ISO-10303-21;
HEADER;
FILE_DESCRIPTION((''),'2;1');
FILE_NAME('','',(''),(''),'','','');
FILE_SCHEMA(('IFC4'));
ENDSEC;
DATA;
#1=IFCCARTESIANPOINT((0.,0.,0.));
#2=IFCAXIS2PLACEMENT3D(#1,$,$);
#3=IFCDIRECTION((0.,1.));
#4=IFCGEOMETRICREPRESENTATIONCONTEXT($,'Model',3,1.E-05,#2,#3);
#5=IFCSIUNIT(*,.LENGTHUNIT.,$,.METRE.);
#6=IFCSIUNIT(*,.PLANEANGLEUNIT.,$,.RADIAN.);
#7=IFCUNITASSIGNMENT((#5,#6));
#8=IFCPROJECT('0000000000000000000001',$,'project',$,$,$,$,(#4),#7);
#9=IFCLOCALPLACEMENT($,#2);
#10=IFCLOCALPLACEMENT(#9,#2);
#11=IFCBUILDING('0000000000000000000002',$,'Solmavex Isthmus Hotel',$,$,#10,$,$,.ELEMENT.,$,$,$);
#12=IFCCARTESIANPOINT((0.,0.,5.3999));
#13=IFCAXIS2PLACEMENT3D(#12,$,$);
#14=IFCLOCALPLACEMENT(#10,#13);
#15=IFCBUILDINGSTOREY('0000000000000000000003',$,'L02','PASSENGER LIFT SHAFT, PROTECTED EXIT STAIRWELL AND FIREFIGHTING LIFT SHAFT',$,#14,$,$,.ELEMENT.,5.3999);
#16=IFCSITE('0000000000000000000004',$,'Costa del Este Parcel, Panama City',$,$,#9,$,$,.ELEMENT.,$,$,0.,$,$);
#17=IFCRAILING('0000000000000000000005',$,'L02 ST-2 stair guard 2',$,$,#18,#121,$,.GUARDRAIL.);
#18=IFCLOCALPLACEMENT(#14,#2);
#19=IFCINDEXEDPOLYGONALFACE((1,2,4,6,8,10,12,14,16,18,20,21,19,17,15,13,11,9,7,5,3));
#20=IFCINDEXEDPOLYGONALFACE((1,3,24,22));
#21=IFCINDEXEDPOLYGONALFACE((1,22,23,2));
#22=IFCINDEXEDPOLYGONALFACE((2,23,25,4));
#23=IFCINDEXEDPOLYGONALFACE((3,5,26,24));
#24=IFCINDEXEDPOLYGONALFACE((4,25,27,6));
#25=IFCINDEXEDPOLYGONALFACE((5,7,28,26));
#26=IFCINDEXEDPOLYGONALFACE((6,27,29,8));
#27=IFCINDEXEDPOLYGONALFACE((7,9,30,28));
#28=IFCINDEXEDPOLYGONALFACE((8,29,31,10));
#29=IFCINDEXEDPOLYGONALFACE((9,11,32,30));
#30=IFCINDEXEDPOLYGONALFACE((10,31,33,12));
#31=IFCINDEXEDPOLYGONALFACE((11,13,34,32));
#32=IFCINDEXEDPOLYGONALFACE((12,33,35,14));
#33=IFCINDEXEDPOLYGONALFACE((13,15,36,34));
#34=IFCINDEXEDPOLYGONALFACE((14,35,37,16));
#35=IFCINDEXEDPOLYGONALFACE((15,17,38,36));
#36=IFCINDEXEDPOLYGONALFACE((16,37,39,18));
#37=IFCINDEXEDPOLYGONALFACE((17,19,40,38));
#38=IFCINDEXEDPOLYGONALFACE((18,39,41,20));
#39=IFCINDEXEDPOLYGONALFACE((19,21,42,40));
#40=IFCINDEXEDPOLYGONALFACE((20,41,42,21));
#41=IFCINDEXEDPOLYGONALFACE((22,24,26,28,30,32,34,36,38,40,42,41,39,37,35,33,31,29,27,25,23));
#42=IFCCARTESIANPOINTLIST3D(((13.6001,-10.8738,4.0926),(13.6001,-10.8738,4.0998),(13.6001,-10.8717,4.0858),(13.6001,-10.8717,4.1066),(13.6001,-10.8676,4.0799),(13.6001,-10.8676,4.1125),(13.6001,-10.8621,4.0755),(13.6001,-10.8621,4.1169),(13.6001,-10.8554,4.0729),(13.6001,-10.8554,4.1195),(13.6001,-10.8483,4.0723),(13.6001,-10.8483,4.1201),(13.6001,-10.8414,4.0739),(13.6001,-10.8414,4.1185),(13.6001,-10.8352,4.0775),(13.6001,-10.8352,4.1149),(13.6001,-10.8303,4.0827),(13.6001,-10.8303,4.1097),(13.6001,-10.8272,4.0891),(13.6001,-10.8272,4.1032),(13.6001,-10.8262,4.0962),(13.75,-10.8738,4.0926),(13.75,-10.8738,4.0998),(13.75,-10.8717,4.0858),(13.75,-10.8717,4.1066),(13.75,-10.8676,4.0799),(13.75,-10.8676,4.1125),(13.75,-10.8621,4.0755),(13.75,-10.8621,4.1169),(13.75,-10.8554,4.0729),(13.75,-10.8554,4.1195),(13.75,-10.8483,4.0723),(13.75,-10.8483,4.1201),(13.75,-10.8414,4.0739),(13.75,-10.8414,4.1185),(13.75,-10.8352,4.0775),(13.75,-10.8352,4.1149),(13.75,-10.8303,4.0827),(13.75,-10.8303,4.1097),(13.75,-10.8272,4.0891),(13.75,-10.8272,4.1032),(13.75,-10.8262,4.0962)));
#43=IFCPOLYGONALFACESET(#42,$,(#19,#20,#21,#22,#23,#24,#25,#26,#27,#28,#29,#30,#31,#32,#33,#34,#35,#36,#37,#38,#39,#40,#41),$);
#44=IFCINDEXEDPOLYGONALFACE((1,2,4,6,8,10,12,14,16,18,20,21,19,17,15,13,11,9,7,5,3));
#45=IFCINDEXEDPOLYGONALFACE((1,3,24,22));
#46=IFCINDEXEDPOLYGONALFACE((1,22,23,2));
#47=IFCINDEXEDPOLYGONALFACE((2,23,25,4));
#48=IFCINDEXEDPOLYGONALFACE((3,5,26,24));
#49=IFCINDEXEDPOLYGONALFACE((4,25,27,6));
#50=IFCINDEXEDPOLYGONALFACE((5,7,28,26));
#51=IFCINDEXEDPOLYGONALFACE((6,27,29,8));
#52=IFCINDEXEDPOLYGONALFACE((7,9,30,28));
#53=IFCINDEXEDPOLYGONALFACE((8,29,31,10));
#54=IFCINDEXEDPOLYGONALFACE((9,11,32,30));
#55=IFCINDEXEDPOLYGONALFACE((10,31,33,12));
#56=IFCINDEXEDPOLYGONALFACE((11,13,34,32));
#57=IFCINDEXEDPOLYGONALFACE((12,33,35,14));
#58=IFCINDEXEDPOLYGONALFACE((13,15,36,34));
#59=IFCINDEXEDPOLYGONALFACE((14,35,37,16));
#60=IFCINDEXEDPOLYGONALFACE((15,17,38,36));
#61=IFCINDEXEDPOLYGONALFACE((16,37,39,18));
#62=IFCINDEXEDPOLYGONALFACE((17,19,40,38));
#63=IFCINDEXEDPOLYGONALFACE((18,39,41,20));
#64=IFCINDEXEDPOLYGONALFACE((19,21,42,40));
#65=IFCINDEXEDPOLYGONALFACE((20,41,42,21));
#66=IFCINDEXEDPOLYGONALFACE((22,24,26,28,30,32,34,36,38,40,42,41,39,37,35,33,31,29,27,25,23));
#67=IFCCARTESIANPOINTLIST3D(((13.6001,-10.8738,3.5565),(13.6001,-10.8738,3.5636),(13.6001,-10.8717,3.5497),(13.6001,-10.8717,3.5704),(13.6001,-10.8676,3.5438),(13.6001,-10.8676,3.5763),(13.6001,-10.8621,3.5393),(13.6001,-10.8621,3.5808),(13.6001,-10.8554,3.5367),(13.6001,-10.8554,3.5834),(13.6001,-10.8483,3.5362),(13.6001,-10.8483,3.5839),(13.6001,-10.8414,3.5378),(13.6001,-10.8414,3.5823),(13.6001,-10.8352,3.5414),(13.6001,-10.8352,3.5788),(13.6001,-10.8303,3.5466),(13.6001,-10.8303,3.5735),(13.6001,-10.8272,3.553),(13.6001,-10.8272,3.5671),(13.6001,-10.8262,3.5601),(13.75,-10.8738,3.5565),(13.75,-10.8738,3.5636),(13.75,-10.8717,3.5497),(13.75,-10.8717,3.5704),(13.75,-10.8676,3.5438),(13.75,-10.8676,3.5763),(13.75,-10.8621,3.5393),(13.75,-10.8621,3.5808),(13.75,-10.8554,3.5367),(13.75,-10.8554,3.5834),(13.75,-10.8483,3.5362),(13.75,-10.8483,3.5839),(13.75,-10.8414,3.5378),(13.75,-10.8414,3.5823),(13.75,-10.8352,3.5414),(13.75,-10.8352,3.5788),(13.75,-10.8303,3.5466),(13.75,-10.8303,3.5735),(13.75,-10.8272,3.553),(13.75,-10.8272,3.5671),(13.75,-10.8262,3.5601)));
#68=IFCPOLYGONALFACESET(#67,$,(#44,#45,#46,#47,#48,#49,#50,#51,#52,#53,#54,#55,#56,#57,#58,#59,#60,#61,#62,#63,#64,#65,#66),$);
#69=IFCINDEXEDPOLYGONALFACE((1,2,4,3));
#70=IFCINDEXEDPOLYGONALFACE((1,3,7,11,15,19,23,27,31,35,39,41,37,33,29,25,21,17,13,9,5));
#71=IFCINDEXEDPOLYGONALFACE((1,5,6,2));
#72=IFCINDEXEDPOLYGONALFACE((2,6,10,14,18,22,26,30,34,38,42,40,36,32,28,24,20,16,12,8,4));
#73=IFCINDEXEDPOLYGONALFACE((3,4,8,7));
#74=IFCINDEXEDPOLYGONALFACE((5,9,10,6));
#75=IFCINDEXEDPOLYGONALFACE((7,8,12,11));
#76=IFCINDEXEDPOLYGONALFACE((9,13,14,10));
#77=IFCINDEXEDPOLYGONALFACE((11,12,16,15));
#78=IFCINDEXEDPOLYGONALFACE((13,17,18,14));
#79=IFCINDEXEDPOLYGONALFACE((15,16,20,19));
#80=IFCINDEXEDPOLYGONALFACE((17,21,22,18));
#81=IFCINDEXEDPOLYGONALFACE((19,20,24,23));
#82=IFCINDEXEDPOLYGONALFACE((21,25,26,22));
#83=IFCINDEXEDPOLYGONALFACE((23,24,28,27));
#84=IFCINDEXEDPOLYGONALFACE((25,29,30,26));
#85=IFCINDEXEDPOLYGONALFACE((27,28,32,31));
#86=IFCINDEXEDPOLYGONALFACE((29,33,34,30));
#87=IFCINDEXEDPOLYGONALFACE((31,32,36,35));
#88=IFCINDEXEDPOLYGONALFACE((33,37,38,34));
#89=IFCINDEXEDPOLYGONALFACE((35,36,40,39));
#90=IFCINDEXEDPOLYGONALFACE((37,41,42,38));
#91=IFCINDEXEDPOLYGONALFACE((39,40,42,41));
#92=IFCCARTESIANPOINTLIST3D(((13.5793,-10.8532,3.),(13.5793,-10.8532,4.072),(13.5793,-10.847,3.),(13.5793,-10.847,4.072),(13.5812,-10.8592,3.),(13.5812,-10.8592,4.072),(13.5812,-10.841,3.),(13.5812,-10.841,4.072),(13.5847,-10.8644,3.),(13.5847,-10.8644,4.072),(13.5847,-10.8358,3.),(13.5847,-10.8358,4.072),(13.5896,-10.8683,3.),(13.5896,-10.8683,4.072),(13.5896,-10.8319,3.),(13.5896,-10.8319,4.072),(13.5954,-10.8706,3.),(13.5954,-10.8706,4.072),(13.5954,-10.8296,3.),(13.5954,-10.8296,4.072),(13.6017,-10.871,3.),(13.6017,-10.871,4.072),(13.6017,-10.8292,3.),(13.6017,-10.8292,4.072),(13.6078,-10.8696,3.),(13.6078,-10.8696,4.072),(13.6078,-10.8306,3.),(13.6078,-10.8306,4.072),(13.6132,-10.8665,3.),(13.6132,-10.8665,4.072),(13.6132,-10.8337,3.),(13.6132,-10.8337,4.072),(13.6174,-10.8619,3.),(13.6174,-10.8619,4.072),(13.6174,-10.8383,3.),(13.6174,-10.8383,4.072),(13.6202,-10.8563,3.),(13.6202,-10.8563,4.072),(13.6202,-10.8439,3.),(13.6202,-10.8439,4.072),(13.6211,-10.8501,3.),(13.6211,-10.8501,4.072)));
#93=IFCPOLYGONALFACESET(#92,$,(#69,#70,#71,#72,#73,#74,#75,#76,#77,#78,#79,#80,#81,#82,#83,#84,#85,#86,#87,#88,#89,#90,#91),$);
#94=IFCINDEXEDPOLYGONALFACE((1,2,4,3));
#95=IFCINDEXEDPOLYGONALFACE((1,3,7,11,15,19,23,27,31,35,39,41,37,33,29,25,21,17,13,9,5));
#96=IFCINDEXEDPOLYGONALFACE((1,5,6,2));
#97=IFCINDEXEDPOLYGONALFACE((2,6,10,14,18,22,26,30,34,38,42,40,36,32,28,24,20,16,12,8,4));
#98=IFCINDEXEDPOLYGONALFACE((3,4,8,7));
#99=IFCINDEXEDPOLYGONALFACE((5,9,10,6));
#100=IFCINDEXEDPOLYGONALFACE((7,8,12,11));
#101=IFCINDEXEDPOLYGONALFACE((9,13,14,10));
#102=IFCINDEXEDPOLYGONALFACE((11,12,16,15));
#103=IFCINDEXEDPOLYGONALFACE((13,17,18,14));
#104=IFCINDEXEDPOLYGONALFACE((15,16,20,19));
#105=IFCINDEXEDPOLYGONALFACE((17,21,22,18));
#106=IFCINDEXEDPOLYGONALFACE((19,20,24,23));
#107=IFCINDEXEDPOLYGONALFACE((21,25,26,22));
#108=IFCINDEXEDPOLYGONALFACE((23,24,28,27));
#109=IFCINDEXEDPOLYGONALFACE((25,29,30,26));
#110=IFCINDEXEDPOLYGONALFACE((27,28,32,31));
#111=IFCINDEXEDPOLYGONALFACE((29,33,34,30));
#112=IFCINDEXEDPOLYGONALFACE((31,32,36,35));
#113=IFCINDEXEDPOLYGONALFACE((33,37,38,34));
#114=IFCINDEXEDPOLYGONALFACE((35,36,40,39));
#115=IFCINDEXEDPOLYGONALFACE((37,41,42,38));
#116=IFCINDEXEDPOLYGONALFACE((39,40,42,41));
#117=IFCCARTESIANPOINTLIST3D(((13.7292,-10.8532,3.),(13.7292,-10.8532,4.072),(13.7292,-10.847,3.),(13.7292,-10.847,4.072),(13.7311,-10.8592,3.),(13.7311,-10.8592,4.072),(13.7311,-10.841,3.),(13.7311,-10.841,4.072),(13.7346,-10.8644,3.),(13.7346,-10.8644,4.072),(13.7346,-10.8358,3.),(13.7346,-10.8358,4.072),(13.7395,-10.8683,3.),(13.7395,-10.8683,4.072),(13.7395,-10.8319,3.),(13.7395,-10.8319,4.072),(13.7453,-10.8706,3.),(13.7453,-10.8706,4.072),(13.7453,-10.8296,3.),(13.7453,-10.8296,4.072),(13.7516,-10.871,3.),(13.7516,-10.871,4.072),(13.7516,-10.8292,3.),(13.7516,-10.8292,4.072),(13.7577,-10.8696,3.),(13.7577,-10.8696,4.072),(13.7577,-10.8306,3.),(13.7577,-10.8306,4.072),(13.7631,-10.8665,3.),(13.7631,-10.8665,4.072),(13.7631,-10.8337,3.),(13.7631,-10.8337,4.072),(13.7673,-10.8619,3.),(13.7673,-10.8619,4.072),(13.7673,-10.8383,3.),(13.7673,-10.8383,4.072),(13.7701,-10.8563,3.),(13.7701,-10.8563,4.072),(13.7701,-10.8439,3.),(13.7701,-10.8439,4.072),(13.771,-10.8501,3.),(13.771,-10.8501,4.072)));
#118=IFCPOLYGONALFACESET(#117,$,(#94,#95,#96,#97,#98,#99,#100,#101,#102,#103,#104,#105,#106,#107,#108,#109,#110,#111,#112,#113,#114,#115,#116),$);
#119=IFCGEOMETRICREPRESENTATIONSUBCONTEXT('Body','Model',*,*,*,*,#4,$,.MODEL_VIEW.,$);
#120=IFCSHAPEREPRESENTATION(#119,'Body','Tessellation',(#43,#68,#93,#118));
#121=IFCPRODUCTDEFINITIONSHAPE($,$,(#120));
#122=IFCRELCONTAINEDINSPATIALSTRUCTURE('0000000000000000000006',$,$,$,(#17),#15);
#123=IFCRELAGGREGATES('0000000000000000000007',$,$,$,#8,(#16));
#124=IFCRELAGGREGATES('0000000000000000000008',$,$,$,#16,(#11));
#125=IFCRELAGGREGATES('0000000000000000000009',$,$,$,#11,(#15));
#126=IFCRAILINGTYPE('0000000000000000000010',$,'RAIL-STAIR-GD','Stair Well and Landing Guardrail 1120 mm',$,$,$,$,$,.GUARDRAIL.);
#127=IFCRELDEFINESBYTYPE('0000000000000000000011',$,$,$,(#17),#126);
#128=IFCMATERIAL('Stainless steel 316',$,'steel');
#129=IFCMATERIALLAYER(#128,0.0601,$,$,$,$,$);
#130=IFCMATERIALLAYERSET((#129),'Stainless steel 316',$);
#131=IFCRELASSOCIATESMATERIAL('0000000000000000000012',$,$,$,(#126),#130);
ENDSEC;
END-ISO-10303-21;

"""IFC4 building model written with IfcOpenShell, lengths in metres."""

from ifc_helpers import new_model, si_unit, direction, frame, origin, origin_2d, place, context, subcontext, project, spatial, circle, extrude, material, layer, layer_set, type_object, element, save


model = new_model("IFC4")

# Units and contexts
model_context = context("Model", 3, precision=1e-05, world=origin(), true_north=direction((0.0, 1.0)))
body_context = subcontext(model_context, "Body", "Model", "MODEL_VIEW")
ifc_project = project(units=[si_unit("LENGTHUNIT", "METRE"), si_unit("PLANEANGLEUNIT", "RADIAN")], contexts=[model_context])

# Site, building, storey
site_placement = place(None, origin())
site = spatial("IfcSite", under=ifc_project, at=site_placement, Name="Costa del Este Parcel, Panama City", CompositionType="ELEMENT", RefElevation=0.0)
building_placement = place(site_placement, origin())
building = spatial("IfcBuilding", under=site, at=building_placement, Name="Solmavex Isthmus Hotel", CompositionType="ELEMENT")
storey_placement = place(building_placement, frame((0.0, 0.0, 5.3999)))
storey = spatial("IfcBuildingStorey", under=building, at=storey_placement, Name="L02", Description="PASSENGER LIFT SHAFT, PROTECTED EXIT STAIRWELL AND FIREFIGHTING LIFT SHAFT", CompositionType="ELEMENT", Elevation=5.3999)

# Railing
ifc_material_1 = material(Name="Stainless steel 316", Category="steel")
ifc_layer_1 = layer(ifc_material_1, 0.0601)
ifc_layer_set_1 = layer_set([ifc_layer_1], Name="Stainless steel 316")
railing_type_1 = type_object("IfcRailingType", Name="RAIL-STAIR-GD", Description="Stair Well and Landing Guardrail 1120 mm", PredefinedType="GUARDRAIL", material=ifc_layer_set_1)
railing_1_placement = place(storey_placement, frame((13.6001, -10.8501, 3.0)))
element("IfcRailing", 1, at=railing_1_placement, inside=storey, type_object=railing_type_1, Name="L02 ST-2 stair guard 2", PredefinedType="GUARDRAIL", context=body_context, shape_type="SweptSolid", body=[
    extrude(circle(Radius=0.0239, at=origin_2d()), frame((0.0, 0.0, 1.0962), z_axis=(1.0, 0.0, 0.0), x_axis=(0.0, 1.0, 0.0)), (0.0, 0.0, 1.0), 0.1499),
    extrude(circle(Radius=0.0239, at=origin_2d()), frame((0.0, 0.0, 0.5601), z_axis=(1.0, 0.0, 0.0), x_axis=(0.0, 1.0, 0.0)), (0.0, 0.0, 1.0), 0.1499),
    extrude(circle(Radius=0.021, at=origin_2d()), origin(), (0.0, 0.0, 1.0), 1.072),
    extrude(circle(Radius=0.021, at=origin_2d()), frame((0.1499, 0.0, 0.0)), (0.0, 0.0, 1.0), 1.072),
])

save(model, "model.ifc")
